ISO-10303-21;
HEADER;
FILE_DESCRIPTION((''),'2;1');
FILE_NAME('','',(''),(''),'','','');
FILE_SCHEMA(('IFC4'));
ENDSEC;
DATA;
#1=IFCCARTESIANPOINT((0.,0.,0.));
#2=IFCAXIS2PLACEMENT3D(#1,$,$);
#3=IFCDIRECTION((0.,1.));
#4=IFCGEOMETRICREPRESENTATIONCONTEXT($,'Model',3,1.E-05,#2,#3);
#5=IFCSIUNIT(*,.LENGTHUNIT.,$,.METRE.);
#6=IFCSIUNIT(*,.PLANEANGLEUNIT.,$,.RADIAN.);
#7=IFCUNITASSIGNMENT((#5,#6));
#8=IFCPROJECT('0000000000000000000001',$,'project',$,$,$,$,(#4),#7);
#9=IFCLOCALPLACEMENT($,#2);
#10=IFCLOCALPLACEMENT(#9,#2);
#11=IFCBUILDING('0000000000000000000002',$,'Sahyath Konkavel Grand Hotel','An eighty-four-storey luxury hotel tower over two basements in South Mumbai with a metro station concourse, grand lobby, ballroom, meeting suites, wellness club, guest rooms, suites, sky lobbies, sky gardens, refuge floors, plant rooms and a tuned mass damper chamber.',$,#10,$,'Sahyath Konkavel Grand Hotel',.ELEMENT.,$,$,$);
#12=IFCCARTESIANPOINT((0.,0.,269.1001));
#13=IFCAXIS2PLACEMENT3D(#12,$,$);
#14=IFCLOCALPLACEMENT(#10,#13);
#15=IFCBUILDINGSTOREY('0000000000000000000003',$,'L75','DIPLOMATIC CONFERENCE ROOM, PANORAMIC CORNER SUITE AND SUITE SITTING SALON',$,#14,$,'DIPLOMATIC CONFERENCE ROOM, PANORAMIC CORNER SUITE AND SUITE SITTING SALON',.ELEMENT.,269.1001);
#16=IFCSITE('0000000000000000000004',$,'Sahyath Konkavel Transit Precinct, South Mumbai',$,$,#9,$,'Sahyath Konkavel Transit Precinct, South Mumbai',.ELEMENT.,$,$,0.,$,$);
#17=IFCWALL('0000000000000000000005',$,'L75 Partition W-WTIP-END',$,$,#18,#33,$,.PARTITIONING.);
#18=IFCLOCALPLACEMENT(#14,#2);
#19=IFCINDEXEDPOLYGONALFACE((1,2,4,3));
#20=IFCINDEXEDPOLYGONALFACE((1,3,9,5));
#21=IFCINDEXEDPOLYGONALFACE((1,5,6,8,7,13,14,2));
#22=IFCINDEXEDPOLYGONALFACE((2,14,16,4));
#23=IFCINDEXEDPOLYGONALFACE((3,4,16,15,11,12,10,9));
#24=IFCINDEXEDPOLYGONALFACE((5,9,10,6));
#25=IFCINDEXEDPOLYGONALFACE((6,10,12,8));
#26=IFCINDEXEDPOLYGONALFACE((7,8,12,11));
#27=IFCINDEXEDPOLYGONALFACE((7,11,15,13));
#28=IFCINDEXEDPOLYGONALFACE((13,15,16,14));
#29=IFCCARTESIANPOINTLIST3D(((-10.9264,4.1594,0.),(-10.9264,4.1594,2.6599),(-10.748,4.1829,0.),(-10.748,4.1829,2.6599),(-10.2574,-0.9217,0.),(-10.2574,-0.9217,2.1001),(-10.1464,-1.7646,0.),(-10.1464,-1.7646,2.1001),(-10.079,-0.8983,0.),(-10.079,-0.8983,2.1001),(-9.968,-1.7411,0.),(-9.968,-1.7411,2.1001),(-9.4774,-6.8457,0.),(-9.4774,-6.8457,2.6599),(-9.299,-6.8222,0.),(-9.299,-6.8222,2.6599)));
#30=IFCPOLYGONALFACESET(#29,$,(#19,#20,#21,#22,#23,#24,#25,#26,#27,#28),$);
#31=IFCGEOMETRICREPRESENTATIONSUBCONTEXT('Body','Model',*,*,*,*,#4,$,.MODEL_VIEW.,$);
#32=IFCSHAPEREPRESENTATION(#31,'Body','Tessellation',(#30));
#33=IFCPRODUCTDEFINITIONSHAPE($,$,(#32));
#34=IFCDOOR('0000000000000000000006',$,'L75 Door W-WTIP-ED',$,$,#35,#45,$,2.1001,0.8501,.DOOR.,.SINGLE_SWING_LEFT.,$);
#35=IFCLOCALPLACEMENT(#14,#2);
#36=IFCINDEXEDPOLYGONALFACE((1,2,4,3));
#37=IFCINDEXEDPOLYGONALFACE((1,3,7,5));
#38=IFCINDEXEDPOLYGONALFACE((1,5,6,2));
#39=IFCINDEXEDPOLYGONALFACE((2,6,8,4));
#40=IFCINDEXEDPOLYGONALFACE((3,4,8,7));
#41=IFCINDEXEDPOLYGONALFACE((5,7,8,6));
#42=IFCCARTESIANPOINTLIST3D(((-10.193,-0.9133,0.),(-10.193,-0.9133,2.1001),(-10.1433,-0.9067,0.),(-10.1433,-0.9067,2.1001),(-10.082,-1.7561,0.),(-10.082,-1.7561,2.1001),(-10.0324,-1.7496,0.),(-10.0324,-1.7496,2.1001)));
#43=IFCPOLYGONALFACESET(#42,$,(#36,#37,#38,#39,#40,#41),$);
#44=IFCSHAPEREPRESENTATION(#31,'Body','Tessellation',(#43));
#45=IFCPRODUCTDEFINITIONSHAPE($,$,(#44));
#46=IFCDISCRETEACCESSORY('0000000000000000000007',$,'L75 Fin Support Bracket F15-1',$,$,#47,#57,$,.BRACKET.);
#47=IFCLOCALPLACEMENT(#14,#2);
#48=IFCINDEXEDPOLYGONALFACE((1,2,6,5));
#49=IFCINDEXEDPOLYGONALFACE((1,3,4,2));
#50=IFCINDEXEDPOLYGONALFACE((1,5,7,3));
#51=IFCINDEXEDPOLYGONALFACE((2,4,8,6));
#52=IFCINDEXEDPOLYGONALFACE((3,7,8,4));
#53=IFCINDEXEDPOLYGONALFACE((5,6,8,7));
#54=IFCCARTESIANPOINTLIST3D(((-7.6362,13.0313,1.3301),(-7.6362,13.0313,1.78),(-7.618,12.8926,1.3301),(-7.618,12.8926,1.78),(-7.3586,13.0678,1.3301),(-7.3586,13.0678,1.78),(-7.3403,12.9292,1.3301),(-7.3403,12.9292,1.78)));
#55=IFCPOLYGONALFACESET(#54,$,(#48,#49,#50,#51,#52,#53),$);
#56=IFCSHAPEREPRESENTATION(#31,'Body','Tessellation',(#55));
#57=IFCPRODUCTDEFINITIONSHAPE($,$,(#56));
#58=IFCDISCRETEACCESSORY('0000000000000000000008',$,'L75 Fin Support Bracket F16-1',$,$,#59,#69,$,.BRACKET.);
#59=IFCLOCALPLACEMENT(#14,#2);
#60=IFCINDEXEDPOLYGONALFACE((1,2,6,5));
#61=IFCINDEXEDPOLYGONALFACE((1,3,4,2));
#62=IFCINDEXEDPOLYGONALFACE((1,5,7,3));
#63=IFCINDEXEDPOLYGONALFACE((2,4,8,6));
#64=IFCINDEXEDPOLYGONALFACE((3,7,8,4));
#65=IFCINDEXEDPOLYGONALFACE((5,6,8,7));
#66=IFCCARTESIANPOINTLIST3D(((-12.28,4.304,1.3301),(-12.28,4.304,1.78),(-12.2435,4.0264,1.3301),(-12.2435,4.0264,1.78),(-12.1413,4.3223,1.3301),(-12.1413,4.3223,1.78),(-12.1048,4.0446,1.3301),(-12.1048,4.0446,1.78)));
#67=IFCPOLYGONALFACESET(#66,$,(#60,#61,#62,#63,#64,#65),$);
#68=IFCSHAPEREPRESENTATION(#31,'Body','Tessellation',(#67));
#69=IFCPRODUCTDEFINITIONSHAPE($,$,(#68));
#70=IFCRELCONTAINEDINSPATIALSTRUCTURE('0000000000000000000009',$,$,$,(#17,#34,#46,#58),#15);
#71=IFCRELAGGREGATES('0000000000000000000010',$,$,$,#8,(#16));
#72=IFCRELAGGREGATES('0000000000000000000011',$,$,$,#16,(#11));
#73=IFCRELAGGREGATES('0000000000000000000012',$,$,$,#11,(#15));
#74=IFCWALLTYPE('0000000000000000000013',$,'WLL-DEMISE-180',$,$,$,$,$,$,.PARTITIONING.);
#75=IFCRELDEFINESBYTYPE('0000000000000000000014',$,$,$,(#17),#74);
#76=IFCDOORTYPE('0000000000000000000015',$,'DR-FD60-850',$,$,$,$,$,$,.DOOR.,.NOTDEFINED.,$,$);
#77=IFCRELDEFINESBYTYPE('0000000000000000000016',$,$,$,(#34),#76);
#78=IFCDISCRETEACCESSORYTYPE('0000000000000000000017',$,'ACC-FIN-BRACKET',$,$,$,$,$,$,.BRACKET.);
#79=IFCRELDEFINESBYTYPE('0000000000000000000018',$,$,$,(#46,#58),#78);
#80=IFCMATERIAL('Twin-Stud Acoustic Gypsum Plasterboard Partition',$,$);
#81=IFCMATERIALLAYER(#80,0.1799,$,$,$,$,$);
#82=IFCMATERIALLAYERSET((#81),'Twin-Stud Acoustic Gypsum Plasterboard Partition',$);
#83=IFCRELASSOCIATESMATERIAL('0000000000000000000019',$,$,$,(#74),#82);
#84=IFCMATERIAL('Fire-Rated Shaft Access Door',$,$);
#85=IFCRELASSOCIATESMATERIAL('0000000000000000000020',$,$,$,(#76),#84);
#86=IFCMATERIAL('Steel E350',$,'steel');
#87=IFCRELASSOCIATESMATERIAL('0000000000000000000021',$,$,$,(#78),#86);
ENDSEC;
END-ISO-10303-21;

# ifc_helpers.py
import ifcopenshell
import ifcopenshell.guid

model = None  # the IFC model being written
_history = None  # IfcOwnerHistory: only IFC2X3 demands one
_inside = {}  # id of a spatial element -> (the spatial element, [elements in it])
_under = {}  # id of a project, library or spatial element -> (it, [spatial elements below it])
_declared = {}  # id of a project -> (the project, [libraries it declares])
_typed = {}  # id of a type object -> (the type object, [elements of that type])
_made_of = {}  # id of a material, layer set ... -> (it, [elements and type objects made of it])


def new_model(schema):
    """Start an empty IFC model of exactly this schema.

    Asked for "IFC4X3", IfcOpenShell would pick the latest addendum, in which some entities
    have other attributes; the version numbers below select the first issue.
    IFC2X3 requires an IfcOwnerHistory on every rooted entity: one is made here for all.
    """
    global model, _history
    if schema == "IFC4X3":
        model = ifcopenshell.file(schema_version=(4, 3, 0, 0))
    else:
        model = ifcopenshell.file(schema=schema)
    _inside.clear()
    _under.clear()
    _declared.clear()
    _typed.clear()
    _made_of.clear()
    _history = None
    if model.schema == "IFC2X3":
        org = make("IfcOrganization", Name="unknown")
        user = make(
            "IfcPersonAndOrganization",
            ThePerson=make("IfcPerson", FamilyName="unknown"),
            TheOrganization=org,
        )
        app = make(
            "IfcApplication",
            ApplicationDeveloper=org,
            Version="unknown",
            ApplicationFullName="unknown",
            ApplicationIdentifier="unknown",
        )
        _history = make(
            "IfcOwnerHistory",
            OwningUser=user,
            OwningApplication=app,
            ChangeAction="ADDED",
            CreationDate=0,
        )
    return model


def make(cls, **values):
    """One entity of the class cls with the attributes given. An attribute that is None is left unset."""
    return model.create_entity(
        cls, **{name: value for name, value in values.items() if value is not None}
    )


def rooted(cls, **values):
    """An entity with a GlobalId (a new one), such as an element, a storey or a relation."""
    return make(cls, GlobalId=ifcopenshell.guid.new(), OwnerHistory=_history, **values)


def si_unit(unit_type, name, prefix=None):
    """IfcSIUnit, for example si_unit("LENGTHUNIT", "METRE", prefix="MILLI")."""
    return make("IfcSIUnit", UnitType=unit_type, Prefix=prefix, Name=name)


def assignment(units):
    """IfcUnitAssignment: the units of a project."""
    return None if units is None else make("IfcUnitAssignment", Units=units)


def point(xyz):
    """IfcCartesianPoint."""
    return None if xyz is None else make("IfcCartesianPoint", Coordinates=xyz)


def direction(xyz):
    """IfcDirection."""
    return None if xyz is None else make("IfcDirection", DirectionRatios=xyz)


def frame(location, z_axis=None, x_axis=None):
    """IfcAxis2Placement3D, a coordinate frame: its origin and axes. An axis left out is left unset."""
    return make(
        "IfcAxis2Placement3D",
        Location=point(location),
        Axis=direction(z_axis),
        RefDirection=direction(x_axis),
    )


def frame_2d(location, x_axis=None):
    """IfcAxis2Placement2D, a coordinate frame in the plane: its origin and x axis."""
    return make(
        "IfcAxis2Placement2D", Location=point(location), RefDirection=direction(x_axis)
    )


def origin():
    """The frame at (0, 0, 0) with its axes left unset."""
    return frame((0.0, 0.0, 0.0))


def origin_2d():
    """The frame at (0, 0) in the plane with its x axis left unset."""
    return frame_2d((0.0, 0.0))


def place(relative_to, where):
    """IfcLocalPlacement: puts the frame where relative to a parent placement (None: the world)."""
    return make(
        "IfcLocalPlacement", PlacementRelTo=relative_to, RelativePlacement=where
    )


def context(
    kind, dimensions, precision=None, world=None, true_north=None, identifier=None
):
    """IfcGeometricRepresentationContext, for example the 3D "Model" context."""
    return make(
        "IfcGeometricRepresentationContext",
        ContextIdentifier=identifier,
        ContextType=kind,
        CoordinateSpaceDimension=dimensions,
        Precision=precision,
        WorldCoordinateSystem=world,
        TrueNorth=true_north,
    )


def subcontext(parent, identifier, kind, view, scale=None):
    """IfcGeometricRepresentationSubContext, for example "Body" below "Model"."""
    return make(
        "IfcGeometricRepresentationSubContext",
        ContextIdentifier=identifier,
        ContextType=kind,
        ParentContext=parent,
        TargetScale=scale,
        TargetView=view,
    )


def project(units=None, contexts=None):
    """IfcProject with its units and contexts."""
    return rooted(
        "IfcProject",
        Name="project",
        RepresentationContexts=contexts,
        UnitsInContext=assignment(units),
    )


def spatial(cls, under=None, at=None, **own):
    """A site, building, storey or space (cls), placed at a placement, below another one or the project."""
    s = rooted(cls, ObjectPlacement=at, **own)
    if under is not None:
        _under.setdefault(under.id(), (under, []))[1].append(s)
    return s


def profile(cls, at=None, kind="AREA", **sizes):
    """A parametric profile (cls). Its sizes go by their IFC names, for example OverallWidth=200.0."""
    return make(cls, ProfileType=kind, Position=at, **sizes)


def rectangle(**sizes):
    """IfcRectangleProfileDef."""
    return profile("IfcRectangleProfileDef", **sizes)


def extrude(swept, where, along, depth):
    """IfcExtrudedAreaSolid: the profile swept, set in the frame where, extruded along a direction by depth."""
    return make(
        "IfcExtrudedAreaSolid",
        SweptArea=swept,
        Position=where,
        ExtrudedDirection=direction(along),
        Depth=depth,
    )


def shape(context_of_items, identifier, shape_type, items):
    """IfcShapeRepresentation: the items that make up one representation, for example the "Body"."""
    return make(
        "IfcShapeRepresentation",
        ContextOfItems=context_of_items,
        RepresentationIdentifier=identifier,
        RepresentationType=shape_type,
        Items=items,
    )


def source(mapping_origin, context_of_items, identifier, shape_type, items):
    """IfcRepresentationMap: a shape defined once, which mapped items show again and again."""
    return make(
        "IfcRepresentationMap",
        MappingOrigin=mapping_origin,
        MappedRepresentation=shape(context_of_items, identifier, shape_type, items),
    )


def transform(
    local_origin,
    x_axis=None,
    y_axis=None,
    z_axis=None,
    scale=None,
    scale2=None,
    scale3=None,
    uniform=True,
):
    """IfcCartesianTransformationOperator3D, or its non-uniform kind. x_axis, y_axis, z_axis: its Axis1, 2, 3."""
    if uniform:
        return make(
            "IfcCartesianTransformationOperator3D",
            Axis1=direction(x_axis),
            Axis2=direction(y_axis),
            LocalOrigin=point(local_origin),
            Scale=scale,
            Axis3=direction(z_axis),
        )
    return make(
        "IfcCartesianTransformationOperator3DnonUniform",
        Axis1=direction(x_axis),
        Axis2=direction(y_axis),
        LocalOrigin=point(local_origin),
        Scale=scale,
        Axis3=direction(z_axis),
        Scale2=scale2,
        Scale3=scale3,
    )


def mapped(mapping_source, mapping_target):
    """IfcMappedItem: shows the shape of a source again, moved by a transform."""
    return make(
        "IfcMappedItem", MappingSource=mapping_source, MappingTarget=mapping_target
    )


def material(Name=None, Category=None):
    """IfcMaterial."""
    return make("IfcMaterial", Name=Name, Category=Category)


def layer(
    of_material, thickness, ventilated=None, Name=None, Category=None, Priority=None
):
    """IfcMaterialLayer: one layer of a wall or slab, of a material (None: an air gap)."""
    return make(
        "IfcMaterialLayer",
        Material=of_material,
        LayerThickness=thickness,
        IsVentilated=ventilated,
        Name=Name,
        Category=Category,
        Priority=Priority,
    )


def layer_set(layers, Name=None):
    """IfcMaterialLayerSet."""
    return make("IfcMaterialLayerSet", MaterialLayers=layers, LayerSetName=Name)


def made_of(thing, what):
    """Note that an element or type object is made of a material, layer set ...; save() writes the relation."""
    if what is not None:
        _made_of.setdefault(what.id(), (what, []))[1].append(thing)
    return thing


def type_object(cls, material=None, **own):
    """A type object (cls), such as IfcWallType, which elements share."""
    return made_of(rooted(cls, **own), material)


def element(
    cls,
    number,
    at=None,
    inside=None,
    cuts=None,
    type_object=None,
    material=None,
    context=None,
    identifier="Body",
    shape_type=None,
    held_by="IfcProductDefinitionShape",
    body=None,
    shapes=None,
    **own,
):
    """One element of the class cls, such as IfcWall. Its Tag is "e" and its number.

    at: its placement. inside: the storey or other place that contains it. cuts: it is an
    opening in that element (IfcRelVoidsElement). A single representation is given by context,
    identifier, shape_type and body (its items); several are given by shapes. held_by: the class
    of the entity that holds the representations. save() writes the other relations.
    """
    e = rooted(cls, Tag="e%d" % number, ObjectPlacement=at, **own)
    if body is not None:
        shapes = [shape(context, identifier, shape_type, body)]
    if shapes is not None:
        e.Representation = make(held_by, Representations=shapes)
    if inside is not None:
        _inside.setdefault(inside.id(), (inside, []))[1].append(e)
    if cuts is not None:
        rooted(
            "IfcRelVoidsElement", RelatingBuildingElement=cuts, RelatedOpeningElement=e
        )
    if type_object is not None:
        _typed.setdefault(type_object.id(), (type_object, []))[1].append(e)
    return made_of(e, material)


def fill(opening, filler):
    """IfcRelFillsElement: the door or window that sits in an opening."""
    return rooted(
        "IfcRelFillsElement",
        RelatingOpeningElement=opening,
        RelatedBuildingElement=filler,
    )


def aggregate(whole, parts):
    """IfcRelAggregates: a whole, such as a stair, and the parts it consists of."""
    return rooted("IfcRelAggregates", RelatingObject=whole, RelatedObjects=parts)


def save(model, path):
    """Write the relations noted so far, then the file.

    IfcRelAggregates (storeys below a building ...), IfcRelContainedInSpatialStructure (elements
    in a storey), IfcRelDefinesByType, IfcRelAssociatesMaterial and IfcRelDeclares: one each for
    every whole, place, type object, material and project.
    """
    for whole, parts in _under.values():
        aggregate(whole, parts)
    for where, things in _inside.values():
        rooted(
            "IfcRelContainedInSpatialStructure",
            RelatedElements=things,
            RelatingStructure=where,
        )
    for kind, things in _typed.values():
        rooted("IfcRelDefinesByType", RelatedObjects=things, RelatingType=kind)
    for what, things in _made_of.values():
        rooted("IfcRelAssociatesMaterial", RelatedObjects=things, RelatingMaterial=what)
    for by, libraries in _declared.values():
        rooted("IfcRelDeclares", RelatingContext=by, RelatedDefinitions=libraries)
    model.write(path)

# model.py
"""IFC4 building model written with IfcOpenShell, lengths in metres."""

from ifc_helpers import new_model, si_unit, direction, frame, frame_2d, origin, origin_2d, place, context, subcontext, project, spatial, rectangle, extrude, source, transform, mapped, material, layer, layer_set, type_object, element, fill, save


model = new_model("IFC4")

# Units and contexts
model_context = context("Model", 3, precision=1e-05, world=origin(), true_north=direction((0.0, 1.0)))
body_context = subcontext(model_context, "Body", "Model", "MODEL_VIEW")
ifc_project = project(units=[si_unit("LENGTHUNIT", "METRE"), si_unit("PLANEANGLEUNIT", "RADIAN")], contexts=[model_context])

# Site, building, storey
site_placement = place(None, origin())
site = spatial("IfcSite", under=ifc_project, at=site_placement, Name="Sahyath Konkavel Transit Precinct, South Mumbai", LongName="Sahyath Konkavel Transit Precinct, South Mumbai", CompositionType="ELEMENT", RefElevation=0.0)
building_placement = place(site_placement, origin())
building = spatial("IfcBuilding", under=site, at=building_placement, Name="Sahyath Konkavel Grand Hotel", Description="An eighty-four-storey luxury hotel tower over two basements in South Mumbai with a metro station concourse, grand lobby, ballroom, meeting suites, wellness club, guest rooms, suites, sky lobbies, sky gardens, refuge floors, plant rooms and a tuned mass damper chamber.", LongName="Sahyath Konkavel Grand Hotel", CompositionType="ELEMENT")
storey_placement = place(building_placement, frame((0.0, 0.0, 269.1001)))
storey = spatial("IfcBuildingStorey", under=building, at=storey_placement, Name="L75", Description="DIPLOMATIC CONFERENCE ROOM, PANORAMIC CORNER SUITE AND SUITE SITTING SALON", LongName="DIPLOMATIC CONFERENCE ROOM, PANORAMIC CORNER SUITE AND SUITE SITTING SALON", CompositionType="ELEMENT", Elevation=269.1001)

# Shared definitions
ifc_material_1 = material(Name="Steel E350", Category="steel")

# Shared definitions
ifc_material_2 = material(Name="Twin-Stud Acoustic Gypsum Plasterboard Partition")
ifc_layer_1 = layer(ifc_material_2, 0.1799)
ifc_layer_set_1 = layer_set([ifc_layer_1], Name="Twin-Stud Acoustic Gypsum Plasterboard Partition")
wall_type_1 = type_object("IfcWallType", Name="WLL-DEMISE-180", PredefinedType="PARTITIONING", material=ifc_layer_set_1)

# Wall, opening, door
wall_1_placement = place(storey_placement, frame((-10.8372, 4.1711, 0.0), z_axis=(0.0, 0.0, 1.0), x_axis=(0.130537, -0.991443, 0.0)))
wall_1 = element("IfcWall", 1, at=wall_1_placement, inside=storey, type_object=wall_type_1, Name="L75 Partition W-WTIP-END", PredefinedType="PARTITIONING", context=body_context, shape_type="SweptSolid", body=[
    extrude(rectangle(XDim=11.1001, YDim=0.1799, at=frame_2d((5.55, 0.0))), origin(), (0.0, 0.0, 1.0), 2.6599),
])
opening_placement = place(wall_1_placement, frame((5.125, 0.0, 0.0)))
opening = element("IfcOpeningElement", 2, at=opening_placement, cuts=wall_1, PredefinedType="OPENING", context=body_context, shape_type="SweptSolid", body=[
    extrude(rectangle(XDim=0.8501, YDim=2.1001, at=frame_2d((0.425, 1.05))), frame((0.0, 0.1001, 0.0), z_axis=(0.0, -1.0, 0.0), x_axis=(1.0, 0.0, 0.0)), (0.0, 0.0, 1.0), 0.2),
])
ifc_material_3 = material(Name="Fire-Rated Shaft Access Door")
door_type = type_object("IfcDoorType", Name="DR-FD60-850", OperationType="NOTDEFINED", PredefinedType="DOOR", material=ifc_material_3)
shared_shape_1 = source(origin(), body_context, "Body", "SweptSolid", [
    extrude(rectangle(XDim=0.8501, YDim=0.05, at=origin_2d()), origin(), (0.0, 0.0, 1.0), 2.1001),
])
door_placement = place(opening_placement, frame((0.425, 0.0, 0.0)))
door = element("IfcDoor", 3, at=door_placement, inside=storey, type_object=door_type, Name="L75 Door W-WTIP-ED", OperationType="SINGLE_SWING_LEFT", OverallHeight=2.1001, OverallWidth=0.8501, PredefinedType="DOOR", context=body_context, shape_type="MappedRepresentation", body=[
    mapped(shared_shape_1, transform((0.0, 0.0, 0.0), scale=1.0)),
])
fill(opening, door)

# Discrete accessories
discrete_accessory_type = type_object("IfcDiscreteAccessoryType", Name="ACC-FIN-BRACKET", PredefinedType="BRACKET", material=ifc_material_1)
shared_shape_2 = source(origin(), body_context, "Body", "SweptSolid", [
    extrude(rectangle(XDim=0.28, YDim=0.1399, at=origin_2d()), origin(), (0.0, 0.0, 1.0), 0.45),
])
for number, where, z_axis, x_axis, name in (
    (4, (-7.4883, 12.9802, 1.3301), (0.0, 0.0, 1.0), (-0.991445, -0.130526, 0.0), "L75 Fin Support Bracket F15-1"),
    (5, (-12.1924, 4.1743, 1.3301), (0.0, 0.0, 1.0), (-0.130526, 0.991445, 0.0), "L75 Fin Support Bracket F16-1"),
):
    element("IfcDiscreteAccessory", number, at=place(storey_placement, frame(where, z_axis=z_axis, x_axis=x_axis)), inside=storey, type_object=discrete_accessory_type, Name=name, PredefinedType="BRACKET", context=body_context, shape_type="MappedRepresentation", body=[
        mapped(shared_shape_2, transform((0.0, 0.0, 0.0), scale=1.0)),
    ])

save(model, "model.ifc")
